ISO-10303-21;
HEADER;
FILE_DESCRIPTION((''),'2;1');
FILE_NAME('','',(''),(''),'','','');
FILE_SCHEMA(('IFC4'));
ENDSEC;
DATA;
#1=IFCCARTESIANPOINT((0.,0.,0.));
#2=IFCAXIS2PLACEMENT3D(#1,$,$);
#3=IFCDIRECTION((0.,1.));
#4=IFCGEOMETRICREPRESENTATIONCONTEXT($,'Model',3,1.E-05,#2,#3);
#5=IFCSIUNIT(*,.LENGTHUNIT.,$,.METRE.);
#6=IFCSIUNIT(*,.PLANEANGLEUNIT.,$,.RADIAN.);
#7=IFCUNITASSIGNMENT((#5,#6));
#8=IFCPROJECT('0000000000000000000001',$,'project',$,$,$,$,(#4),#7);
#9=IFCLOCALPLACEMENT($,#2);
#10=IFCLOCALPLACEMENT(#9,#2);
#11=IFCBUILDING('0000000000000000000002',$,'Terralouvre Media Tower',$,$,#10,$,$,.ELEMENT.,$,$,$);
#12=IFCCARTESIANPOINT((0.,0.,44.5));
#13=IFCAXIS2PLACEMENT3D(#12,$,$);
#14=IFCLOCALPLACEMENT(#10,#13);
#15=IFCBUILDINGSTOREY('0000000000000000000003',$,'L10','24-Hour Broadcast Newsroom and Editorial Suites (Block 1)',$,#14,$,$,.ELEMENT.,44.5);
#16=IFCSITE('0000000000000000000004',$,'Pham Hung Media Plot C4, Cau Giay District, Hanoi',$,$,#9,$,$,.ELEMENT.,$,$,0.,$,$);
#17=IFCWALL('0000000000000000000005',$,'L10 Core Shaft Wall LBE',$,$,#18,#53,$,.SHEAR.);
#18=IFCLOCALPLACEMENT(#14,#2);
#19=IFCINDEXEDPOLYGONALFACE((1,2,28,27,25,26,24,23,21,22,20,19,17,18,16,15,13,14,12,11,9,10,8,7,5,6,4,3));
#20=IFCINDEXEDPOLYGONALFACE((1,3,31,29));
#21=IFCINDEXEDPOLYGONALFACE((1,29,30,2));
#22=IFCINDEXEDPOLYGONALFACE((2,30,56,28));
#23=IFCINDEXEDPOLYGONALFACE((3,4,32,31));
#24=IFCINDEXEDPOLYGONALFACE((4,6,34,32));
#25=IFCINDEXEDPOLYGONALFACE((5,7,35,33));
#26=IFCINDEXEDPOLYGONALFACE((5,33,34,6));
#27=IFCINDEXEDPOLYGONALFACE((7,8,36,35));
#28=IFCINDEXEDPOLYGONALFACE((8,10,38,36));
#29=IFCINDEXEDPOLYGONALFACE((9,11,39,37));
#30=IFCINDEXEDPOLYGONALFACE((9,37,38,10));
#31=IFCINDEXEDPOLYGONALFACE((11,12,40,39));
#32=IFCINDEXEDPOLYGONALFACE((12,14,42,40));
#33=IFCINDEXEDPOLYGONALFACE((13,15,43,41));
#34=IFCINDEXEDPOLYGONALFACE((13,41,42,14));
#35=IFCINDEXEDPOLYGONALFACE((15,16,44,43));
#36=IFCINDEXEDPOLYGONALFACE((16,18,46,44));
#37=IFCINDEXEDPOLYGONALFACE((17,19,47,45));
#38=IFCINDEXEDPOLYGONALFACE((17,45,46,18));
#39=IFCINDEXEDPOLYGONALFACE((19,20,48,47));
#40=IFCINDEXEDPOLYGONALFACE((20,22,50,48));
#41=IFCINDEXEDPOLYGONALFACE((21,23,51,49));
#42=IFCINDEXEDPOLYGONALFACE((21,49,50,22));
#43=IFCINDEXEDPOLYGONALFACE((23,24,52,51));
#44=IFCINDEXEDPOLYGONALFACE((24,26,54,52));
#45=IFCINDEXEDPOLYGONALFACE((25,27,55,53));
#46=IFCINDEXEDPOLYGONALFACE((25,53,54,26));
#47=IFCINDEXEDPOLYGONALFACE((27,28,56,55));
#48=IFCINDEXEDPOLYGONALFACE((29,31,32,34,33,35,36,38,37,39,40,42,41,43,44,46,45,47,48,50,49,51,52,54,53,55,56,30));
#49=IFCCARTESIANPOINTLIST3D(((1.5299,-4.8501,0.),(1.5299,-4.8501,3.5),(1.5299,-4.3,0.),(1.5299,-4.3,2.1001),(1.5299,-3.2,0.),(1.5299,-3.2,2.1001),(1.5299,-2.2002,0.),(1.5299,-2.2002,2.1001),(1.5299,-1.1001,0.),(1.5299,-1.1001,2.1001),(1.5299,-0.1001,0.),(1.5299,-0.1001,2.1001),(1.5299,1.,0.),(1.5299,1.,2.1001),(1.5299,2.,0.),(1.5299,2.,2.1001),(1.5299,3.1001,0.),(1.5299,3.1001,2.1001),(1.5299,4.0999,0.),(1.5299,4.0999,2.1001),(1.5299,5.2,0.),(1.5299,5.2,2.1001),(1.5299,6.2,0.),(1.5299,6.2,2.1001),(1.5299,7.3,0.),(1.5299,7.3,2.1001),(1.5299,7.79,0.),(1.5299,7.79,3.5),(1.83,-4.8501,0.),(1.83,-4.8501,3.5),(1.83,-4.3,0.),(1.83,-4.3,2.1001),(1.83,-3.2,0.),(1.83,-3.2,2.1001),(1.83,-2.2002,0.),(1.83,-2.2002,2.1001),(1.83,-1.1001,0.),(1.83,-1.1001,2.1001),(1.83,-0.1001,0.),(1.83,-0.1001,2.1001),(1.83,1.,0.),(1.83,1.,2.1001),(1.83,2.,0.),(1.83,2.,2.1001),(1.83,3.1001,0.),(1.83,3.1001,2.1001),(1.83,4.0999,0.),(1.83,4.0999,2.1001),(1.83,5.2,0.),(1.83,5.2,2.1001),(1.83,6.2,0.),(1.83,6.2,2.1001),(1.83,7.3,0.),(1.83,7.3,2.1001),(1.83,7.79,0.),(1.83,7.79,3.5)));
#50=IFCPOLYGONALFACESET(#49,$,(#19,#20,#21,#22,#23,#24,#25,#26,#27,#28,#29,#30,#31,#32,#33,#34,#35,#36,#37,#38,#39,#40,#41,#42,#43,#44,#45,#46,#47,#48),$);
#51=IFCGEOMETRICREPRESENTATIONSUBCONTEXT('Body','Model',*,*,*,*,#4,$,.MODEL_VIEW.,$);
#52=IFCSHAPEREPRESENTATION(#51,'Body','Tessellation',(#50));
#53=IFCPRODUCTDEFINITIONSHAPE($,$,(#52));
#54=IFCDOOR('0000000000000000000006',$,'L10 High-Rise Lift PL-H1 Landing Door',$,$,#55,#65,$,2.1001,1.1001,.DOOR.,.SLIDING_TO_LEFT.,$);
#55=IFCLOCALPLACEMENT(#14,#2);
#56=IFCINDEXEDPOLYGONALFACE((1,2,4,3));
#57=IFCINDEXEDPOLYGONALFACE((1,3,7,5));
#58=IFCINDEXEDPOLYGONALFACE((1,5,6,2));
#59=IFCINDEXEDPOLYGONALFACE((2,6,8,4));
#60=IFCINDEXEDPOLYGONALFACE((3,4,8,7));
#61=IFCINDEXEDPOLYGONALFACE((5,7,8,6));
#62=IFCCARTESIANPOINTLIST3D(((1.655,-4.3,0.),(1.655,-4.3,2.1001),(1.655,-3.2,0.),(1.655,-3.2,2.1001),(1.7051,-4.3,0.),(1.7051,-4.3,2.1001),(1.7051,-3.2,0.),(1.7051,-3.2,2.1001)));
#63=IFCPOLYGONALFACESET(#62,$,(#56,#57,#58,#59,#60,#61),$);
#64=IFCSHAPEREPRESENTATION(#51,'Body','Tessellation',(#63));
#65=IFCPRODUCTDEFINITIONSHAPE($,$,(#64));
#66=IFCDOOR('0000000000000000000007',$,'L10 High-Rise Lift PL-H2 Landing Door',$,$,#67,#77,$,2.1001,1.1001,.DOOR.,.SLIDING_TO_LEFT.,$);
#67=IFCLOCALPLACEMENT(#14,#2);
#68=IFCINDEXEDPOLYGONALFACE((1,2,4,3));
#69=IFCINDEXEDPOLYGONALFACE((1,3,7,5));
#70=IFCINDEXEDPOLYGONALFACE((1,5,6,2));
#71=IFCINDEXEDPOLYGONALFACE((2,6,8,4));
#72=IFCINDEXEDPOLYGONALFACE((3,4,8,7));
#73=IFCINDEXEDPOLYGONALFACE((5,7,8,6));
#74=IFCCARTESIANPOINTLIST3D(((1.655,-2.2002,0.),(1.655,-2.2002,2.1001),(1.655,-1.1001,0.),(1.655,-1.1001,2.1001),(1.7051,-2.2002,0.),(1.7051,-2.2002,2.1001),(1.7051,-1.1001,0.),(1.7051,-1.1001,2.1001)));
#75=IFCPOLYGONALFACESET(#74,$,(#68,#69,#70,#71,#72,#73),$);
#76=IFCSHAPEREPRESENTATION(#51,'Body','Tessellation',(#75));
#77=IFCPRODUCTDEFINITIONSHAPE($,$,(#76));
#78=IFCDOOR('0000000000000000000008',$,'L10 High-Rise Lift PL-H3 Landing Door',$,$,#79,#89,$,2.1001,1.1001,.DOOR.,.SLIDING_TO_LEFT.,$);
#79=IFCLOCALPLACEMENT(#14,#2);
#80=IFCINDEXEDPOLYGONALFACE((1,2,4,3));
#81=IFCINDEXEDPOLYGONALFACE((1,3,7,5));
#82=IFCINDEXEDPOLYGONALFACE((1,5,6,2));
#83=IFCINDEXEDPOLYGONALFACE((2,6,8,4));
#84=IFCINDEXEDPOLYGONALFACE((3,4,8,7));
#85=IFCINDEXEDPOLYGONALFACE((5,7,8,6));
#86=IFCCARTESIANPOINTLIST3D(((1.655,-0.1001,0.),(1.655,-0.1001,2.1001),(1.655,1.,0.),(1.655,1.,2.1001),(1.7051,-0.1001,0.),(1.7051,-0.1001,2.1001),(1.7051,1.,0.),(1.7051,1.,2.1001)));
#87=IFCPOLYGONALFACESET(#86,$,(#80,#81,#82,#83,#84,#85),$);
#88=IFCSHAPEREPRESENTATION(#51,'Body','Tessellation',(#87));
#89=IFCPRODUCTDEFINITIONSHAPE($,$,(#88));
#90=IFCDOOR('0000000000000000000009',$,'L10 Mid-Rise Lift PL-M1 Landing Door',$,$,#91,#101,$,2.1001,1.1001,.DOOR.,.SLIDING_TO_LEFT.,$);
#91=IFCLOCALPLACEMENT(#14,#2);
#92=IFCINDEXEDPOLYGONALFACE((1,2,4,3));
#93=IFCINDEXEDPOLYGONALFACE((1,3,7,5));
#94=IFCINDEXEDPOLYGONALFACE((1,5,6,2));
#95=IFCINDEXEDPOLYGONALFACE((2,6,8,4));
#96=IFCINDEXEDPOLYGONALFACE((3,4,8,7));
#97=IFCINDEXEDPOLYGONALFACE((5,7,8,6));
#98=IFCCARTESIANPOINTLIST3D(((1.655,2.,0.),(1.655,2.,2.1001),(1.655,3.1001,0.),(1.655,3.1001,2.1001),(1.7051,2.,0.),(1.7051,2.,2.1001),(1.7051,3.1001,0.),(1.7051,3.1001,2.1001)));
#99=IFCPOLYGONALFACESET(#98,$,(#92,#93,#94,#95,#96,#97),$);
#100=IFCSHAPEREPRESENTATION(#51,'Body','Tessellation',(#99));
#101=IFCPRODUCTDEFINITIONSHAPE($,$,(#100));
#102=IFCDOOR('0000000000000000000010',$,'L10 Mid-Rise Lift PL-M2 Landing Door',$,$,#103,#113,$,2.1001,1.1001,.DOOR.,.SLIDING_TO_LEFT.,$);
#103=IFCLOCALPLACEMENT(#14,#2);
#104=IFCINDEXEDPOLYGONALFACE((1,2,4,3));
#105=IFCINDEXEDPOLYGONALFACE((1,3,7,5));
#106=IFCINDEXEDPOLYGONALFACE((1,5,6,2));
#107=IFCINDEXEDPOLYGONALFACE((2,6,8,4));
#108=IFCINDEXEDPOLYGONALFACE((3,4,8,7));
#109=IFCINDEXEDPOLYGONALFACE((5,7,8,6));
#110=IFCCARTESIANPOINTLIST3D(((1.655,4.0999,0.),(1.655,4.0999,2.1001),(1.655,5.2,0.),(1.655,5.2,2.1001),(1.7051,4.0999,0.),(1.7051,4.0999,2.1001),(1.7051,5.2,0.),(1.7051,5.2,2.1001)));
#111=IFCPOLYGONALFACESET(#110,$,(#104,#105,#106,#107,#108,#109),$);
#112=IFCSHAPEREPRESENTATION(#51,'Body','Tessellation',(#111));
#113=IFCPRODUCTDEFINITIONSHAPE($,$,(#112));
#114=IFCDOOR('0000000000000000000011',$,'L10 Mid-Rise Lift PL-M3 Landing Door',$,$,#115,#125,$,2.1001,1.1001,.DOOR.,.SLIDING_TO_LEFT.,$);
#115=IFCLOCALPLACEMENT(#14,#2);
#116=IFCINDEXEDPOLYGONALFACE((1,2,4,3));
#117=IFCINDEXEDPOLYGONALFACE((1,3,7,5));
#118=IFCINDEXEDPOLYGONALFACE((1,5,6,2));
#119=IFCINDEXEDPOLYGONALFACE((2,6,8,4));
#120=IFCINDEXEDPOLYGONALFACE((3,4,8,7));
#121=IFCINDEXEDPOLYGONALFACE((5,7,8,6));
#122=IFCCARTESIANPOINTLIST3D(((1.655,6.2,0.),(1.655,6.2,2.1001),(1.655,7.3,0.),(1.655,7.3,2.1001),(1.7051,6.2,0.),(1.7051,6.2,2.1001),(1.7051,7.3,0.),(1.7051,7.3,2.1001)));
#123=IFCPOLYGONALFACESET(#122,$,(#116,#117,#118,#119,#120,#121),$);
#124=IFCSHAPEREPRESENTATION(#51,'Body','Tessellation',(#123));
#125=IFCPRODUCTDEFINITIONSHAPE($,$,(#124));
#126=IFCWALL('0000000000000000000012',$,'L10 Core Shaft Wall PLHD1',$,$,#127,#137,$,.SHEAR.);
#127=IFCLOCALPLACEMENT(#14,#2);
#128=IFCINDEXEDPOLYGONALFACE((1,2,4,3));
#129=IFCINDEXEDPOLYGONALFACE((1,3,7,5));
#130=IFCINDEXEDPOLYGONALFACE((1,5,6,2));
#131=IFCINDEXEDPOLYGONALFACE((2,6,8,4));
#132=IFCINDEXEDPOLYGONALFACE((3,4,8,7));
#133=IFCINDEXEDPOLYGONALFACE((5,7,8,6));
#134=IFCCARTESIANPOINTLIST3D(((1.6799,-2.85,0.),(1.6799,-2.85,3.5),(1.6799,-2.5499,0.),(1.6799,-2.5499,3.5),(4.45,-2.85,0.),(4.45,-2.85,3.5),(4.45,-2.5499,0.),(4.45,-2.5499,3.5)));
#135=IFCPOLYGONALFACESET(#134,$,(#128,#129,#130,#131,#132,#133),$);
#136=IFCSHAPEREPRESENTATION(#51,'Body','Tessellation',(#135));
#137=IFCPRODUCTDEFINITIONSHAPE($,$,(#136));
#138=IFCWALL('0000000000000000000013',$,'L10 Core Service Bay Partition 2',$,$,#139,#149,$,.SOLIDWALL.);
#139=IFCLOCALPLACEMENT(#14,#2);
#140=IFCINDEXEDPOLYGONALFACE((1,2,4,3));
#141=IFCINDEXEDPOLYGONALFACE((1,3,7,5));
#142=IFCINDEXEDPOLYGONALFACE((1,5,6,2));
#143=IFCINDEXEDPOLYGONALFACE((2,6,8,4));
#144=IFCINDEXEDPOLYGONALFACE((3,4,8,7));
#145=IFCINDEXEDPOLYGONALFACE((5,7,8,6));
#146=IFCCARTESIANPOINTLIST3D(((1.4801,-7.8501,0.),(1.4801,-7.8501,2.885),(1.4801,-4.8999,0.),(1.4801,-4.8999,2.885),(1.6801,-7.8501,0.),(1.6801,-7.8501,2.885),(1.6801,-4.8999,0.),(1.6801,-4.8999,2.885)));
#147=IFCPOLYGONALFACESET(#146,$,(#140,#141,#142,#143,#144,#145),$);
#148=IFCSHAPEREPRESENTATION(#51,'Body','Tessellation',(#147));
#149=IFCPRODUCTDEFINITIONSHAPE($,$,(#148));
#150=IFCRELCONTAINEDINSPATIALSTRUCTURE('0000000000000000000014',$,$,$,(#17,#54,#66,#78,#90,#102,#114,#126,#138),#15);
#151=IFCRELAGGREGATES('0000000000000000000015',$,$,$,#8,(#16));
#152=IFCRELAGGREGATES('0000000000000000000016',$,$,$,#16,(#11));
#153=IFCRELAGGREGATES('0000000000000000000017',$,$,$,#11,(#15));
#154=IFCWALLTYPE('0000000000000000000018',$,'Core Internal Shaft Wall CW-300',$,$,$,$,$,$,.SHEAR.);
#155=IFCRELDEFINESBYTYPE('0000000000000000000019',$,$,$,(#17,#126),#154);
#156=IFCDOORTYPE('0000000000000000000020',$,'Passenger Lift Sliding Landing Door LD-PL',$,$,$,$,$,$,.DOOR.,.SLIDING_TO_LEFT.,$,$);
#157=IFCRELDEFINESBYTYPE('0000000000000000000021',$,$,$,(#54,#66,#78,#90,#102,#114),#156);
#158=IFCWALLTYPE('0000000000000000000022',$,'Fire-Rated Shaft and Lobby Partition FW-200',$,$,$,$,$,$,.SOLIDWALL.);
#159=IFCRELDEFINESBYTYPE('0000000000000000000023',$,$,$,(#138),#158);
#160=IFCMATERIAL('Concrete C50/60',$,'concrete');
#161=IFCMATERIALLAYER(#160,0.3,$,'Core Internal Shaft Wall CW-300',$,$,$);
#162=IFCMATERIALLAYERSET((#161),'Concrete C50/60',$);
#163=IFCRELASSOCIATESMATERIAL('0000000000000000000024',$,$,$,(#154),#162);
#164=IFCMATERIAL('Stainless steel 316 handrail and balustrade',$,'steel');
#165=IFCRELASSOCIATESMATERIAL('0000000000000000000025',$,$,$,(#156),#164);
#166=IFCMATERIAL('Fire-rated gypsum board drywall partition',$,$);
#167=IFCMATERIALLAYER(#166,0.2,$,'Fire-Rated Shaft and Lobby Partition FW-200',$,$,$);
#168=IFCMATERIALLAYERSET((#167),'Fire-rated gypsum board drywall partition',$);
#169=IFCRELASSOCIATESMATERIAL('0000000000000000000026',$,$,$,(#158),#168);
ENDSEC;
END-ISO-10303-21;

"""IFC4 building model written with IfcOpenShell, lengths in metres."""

from ifc_helpers import new_model, si_unit, direction, frame, frame_2d, origin, place, context, subcontext, project, spatial, rectangle, extrude, material, layer, layer_set, type_object, element, fill, save


model = new_model("IFC4")

# Units and contexts
model_context = context("Model", 3, precision=1e-05, world=origin(), true_north=direction((0.0, 1.0)))
body_context = subcontext(model_context, "Body", "Model", "MODEL_VIEW")
ifc_project = project(units=[si_unit("LENGTHUNIT", "METRE"), si_unit("PLANEANGLEUNIT", "RADIAN")], contexts=[model_context])

# Site, building, storey
site_placement = place(None, origin())
site = spatial("IfcSite", under=ifc_project, at=site_placement, Name="Pham Hung Media Plot C4, Cau Giay District, Hanoi", CompositionType="ELEMENT", RefElevation=0.0)
building_placement = place(site_placement, origin())
building = spatial("IfcBuilding", under=site, at=building_placement, Name="Terralouvre Media Tower", CompositionType="ELEMENT")
storey_placement = place(building_placement, frame((0.0, 0.0, 44.5)))
storey = spatial("IfcBuildingStorey", under=building, at=storey_placement, Name="L10", Description="24-Hour Broadcast Newsroom and Editorial Suites (Block 1)", CompositionType="ELEMENT", Elevation=44.5)

# Shared definitions
ifc_material_1 = material(Name="Concrete C50/60", Category="concrete")
ifc_layer_1 = layer(ifc_material_1, 0.3, Name="Core Internal Shaft Wall CW-300")
ifc_layer_set_1 = layer_set([ifc_layer_1], Name="Concrete C50/60")
wall_type_1 = type_object("IfcWallType", Name="Core Internal Shaft Wall CW-300", PredefinedType="SHEAR", material=ifc_layer_set_1)

# Wall, openings, doors
wall_1_placement = place(storey_placement, frame((1.6799, -4.8501, 0.0), z_axis=(0.0, 0.0, 1.0), x_axis=(0.0, 1.0, 0.0)))
wall_1 = element("IfcWall", 1, at=wall_1_placement, inside=storey, type_object=wall_type_1, Name="L10 Core Shaft Wall LBE", PredefinedType="SHEAR", context=body_context, shape_type="SweptSolid", body=[
    extrude(rectangle(XDim=12.6401, YDim=0.3, at=frame_2d((6.3201, 0.0))), origin(), (0.0, 0.0, 1.0), 3.5),
])
opening_1_placement = place(wall_1_placement, frame((0.55, 0.0, 0.0)))
opening_1 = element("IfcOpeningElement", 2, at=opening_1_placement, cuts=wall_1, PredefinedType="OPENING", context=body_context, shape_type="SweptSolid", body=[
    extrude(rectangle(XDim=1.1001, YDim=2.1001, at=frame_2d((0.55, 1.05))), frame((0.0, 0.1599, 0.0), z_axis=(0.0, -1.0, 0.0), x_axis=(1.0, 0.0, 0.0)), (0.0, 0.0, 1.0), 0.3201),
])
opening_2_placement = place(wall_1_placement, frame((2.6499, 0.0, 0.0)))
opening_2 = element("IfcOpeningElement", 3, at=opening_2_placement, cuts=wall_1, PredefinedType="OPENING", context=body_context, shape_type="SweptSolid", body=[
    extrude(rectangle(XDim=1.1001, YDim=2.1001, at=frame_2d((0.55, 1.05))), frame((0.0, 0.1599, 0.0), z_axis=(0.0, -1.0, 0.0), x_axis=(1.0, 0.0, 0.0)), (0.0, 0.0, 1.0), 0.3201),
])
opening_3_placement = place(wall_1_placement, frame((4.75, 0.0, 0.0)))
opening_3 = element("IfcOpeningElement", 4, at=opening_3_placement, cuts=wall_1, PredefinedType="OPENING", context=body_context, shape_type="SweptSolid", body=[
    extrude(rectangle(XDim=1.1001, YDim=2.1001, at=frame_2d((0.55, 1.05))), frame((0.0, 0.1599, 0.0), z_axis=(0.0, -1.0, 0.0), x_axis=(1.0, 0.0, 0.0)), (0.0, 0.0, 1.0), 0.3201),
])
opening_4_placement = place(wall_1_placement, frame((6.8501, 0.0, 0.0)))
opening_4 = element("IfcOpeningElement", 5, at=opening_4_placement, cuts=wall_1, PredefinedType="OPENING", context=body_context, shape_type="SweptSolid", body=[
    extrude(rectangle(XDim=1.1001, YDim=2.1001, at=frame_2d((0.55, 1.05))), frame((0.0, 0.1599, 0.0), z_axis=(0.0, -1.0, 0.0), x_axis=(1.0, 0.0, 0.0)), (0.0, 0.0, 1.0), 0.3201),
])
opening_5_placement = place(wall_1_placement, frame((8.95, 0.0, 0.0)))
opening_5 = element("IfcOpeningElement", 6, at=opening_5_placement, cuts=wall_1, PredefinedType="OPENING", context=body_context, shape_type="SweptSolid", body=[
    extrude(rectangle(XDim=1.1001, YDim=2.1001, at=frame_2d((0.55, 1.05))), frame((0.0, 0.1599, 0.0), z_axis=(0.0, -1.0, 0.0), x_axis=(1.0, 0.0, 0.0)), (0.0, 0.0, 1.0), 0.3201),
])
opening_6_placement = place(wall_1_placement, frame((11.05, 0.0, 0.0)))
opening_6 = element("IfcOpeningElement", 7, at=opening_6_placement, cuts=wall_1, PredefinedType="OPENING", context=body_context, shape_type="SweptSolid", body=[
    extrude(rectangle(XDim=1.1001, YDim=2.1001, at=frame_2d((0.55, 1.05))), frame((0.0, 0.1599, 0.0), z_axis=(0.0, -1.0, 0.0), x_axis=(1.0, 0.0, 0.0)), (0.0, 0.0, 1.0), 0.3201),
])
ifc_material_2 = material(Name="Stainless steel 316 handrail and balustrade", Category="steel")
door_type = type_object("IfcDoorType", Name="Passenger Lift Sliding Landing Door LD-PL", OperationType="SLIDING_TO_LEFT", PredefinedType="DOOR", material=ifc_material_2)
door_1_placement = place(opening_1_placement, origin())
door_1 = element("IfcDoor", 8, at=door_1_placement, inside=storey, type_object=door_type, Name="L10 High-Rise Lift PL-H1 Landing Door", OperationType="SLIDING_TO_LEFT", OverallHeight=2.1001, OverallWidth=1.1001, PredefinedType="DOOR", context=body_context, shape_type="SweptSolid", body=[
    extrude(rectangle(XDim=1.1001, YDim=2.1001, at=frame_2d((0.55, 1.05))), frame((0.0, 0.0249, 0.0), z_axis=(0.0, -1.0, 0.0), x_axis=(1.0, 0.0, 0.0)), (0.0, 0.0, 1.0), 0.05),
])
fill(opening_1, door_1)
door_2_placement = place(opening_2_placement, origin())
door_2 = element("IfcDoor", 9, at=door_2_placement, inside=storey, type_object=door_type, Name="L10 High-Rise Lift PL-H2 Landing Door", OperationType="SLIDING_TO_LEFT", OverallHeight=2.1001, OverallWidth=1.1001, PredefinedType="DOOR", context=body_context, shape_type="SweptSolid", body=[
    extrude(rectangle(XDim=1.1001, YDim=2.1001, at=frame_2d((0.55, 1.05))), frame((0.0, 0.0249, 0.0), z_axis=(0.0, -1.0, 0.0), x_axis=(1.0, 0.0, 0.0)), (0.0, 0.0, 1.0), 0.05),
])
fill(opening_2, door_2)
door_3_placement = place(opening_3_placement, origin())
door_3 = element("IfcDoor", 10, at=door_3_placement, inside=storey, type_object=door_type, Name="L10 High-Rise Lift PL-H3 Landing Door", OperationType="SLIDING_TO_LEFT", OverallHeight=2.1001, OverallWidth=1.1001, PredefinedType="DOOR", context=body_context, shape_type="SweptSolid", body=[
    extrude(rectangle(XDim=1.1001, YDim=2.1001, at=frame_2d((0.55, 1.05))), frame((0.0, 0.0249, 0.0), z_axis=(0.0, -1.0, 0.0), x_axis=(1.0, 0.0, 0.0)), (0.0, 0.0, 1.0), 0.05),
])
fill(opening_3, door_3)
door_4_placement = place(opening_4_placement, origin())
door_4 = element("IfcDoor", 11, at=door_4_placement, inside=storey, type_object=door_type, Name="L10 Mid-Rise Lift PL-M1 Landing Door", OperationType="SLIDING_TO_LEFT", OverallHeight=2.1001, OverallWidth=1.1001, PredefinedType="DOOR", context=body_context, shape_type="SweptSolid", body=[
    extrude(rectangle(XDim=1.1001, YDim=2.1001, at=frame_2d((0.55, 1.05))), frame((0.0, 0.0249, 0.0), z_axis=(0.0, -1.0, 0.0), x_axis=(1.0, 0.0, 0.0)), (0.0, 0.0, 1.0), 0.05),
])
fill(opening_4, door_4)
door_5_placement = place(opening_5_placement, origin())
door_5 = element("IfcDoor", 12, at=door_5_placement, inside=storey, type_object=door_type, Name="L10 Mid-Rise Lift PL-M2 Landing Door", OperationType="SLIDING_TO_LEFT", OverallHeight=2.1001, OverallWidth=1.1001, PredefinedType="DOOR", context=body_context, shape_type="SweptSolid", body=[
    extrude(rectangle(XDim=1.1001, YDim=2.1001, at=frame_2d((0.55, 1.05))), frame((0.0, 0.0249, 0.0), z_axis=(0.0, -1.0, 0.0), x_axis=(1.0, 0.0, 0.0)), (0.0, 0.0, 1.0), 0.05),
])
fill(opening_5, door_5)
door_6_placement = place(opening_6_placement, origin())
door_6 = element("IfcDoor", 13, at=door_6_placement, inside=storey, type_object=door_type, Name="L10 Mid-Rise Lift PL-M3 Landing Door", OperationType="SLIDING_TO_LEFT", OverallHeight=2.1001, OverallWidth=1.1001, PredefinedType="DOOR", context=body_context, shape_type="SweptSolid", body=[
    extrude(rectangle(XDim=1.1001, YDim=2.1001, at=frame_2d((0.55, 1.05))), frame((0.0, 0.0249, 0.0), z_axis=(0.0, -1.0, 0.0), x_axis=(1.0, 0.0, 0.0)), (0.0, 0.0, 1.0), 0.05),
])
fill(opening_6, door_6)

# Walls
wall_2_placement = place(storey_placement, frame((1.6799, -2.7, 0.0), z_axis=(0.0, 0.0, 1.0), x_axis=(1.0, 0.0, 0.0)))
element("IfcWall", 14, at=wall_2_placement, inside=storey, type_object=wall_type_1, Name="L10 Core Shaft Wall PLHD1", PredefinedType="SHEAR", context=body_context, shape_type="SweptSolid", body=[
    extrude(rectangle(XDim=2.77, YDim=0.3, at=frame_2d((1.385, 0.0))), origin(), (0.0, 0.0, 1.0), 3.5),
])
ifc_material_3 = material(Name="Fire-rated gypsum board drywall partition")
ifc_layer_2 = layer(ifc_material_3, 0.2, Name="Fire-Rated Shaft and Lobby Partition FW-200")
ifc_layer_set_2 = layer_set([ifc_layer_2], Name="Fire-rated gypsum board drywall partition")
wall_type_2 = type_object("IfcWallType", Name="Fire-Rated Shaft and Lobby Partition FW-200", PredefinedType="SOLIDWALL", material=ifc_layer_set_2)
wall_3_placement = place(storey_placement, frame((1.5801, -7.8501, 0.0), z_axis=(0.0, 0.0, 1.0), x_axis=(0.0, 1.0, 0.0)))
element("IfcWall", 15, at=wall_3_placement, inside=storey, type_object=wall_type_2, Name="L10 Core Service Bay Partition 2", PredefinedType="SOLIDWALL", context=body_context, shape_type="SweptSolid", body=[
    extrude(rectangle(XDim=2.9502, YDim=0.2, at=frame_2d((1.4751, 0.0))), origin(), (0.0, 0.0, 1.0), 2.885),
])

save(model, "model.ifc")
